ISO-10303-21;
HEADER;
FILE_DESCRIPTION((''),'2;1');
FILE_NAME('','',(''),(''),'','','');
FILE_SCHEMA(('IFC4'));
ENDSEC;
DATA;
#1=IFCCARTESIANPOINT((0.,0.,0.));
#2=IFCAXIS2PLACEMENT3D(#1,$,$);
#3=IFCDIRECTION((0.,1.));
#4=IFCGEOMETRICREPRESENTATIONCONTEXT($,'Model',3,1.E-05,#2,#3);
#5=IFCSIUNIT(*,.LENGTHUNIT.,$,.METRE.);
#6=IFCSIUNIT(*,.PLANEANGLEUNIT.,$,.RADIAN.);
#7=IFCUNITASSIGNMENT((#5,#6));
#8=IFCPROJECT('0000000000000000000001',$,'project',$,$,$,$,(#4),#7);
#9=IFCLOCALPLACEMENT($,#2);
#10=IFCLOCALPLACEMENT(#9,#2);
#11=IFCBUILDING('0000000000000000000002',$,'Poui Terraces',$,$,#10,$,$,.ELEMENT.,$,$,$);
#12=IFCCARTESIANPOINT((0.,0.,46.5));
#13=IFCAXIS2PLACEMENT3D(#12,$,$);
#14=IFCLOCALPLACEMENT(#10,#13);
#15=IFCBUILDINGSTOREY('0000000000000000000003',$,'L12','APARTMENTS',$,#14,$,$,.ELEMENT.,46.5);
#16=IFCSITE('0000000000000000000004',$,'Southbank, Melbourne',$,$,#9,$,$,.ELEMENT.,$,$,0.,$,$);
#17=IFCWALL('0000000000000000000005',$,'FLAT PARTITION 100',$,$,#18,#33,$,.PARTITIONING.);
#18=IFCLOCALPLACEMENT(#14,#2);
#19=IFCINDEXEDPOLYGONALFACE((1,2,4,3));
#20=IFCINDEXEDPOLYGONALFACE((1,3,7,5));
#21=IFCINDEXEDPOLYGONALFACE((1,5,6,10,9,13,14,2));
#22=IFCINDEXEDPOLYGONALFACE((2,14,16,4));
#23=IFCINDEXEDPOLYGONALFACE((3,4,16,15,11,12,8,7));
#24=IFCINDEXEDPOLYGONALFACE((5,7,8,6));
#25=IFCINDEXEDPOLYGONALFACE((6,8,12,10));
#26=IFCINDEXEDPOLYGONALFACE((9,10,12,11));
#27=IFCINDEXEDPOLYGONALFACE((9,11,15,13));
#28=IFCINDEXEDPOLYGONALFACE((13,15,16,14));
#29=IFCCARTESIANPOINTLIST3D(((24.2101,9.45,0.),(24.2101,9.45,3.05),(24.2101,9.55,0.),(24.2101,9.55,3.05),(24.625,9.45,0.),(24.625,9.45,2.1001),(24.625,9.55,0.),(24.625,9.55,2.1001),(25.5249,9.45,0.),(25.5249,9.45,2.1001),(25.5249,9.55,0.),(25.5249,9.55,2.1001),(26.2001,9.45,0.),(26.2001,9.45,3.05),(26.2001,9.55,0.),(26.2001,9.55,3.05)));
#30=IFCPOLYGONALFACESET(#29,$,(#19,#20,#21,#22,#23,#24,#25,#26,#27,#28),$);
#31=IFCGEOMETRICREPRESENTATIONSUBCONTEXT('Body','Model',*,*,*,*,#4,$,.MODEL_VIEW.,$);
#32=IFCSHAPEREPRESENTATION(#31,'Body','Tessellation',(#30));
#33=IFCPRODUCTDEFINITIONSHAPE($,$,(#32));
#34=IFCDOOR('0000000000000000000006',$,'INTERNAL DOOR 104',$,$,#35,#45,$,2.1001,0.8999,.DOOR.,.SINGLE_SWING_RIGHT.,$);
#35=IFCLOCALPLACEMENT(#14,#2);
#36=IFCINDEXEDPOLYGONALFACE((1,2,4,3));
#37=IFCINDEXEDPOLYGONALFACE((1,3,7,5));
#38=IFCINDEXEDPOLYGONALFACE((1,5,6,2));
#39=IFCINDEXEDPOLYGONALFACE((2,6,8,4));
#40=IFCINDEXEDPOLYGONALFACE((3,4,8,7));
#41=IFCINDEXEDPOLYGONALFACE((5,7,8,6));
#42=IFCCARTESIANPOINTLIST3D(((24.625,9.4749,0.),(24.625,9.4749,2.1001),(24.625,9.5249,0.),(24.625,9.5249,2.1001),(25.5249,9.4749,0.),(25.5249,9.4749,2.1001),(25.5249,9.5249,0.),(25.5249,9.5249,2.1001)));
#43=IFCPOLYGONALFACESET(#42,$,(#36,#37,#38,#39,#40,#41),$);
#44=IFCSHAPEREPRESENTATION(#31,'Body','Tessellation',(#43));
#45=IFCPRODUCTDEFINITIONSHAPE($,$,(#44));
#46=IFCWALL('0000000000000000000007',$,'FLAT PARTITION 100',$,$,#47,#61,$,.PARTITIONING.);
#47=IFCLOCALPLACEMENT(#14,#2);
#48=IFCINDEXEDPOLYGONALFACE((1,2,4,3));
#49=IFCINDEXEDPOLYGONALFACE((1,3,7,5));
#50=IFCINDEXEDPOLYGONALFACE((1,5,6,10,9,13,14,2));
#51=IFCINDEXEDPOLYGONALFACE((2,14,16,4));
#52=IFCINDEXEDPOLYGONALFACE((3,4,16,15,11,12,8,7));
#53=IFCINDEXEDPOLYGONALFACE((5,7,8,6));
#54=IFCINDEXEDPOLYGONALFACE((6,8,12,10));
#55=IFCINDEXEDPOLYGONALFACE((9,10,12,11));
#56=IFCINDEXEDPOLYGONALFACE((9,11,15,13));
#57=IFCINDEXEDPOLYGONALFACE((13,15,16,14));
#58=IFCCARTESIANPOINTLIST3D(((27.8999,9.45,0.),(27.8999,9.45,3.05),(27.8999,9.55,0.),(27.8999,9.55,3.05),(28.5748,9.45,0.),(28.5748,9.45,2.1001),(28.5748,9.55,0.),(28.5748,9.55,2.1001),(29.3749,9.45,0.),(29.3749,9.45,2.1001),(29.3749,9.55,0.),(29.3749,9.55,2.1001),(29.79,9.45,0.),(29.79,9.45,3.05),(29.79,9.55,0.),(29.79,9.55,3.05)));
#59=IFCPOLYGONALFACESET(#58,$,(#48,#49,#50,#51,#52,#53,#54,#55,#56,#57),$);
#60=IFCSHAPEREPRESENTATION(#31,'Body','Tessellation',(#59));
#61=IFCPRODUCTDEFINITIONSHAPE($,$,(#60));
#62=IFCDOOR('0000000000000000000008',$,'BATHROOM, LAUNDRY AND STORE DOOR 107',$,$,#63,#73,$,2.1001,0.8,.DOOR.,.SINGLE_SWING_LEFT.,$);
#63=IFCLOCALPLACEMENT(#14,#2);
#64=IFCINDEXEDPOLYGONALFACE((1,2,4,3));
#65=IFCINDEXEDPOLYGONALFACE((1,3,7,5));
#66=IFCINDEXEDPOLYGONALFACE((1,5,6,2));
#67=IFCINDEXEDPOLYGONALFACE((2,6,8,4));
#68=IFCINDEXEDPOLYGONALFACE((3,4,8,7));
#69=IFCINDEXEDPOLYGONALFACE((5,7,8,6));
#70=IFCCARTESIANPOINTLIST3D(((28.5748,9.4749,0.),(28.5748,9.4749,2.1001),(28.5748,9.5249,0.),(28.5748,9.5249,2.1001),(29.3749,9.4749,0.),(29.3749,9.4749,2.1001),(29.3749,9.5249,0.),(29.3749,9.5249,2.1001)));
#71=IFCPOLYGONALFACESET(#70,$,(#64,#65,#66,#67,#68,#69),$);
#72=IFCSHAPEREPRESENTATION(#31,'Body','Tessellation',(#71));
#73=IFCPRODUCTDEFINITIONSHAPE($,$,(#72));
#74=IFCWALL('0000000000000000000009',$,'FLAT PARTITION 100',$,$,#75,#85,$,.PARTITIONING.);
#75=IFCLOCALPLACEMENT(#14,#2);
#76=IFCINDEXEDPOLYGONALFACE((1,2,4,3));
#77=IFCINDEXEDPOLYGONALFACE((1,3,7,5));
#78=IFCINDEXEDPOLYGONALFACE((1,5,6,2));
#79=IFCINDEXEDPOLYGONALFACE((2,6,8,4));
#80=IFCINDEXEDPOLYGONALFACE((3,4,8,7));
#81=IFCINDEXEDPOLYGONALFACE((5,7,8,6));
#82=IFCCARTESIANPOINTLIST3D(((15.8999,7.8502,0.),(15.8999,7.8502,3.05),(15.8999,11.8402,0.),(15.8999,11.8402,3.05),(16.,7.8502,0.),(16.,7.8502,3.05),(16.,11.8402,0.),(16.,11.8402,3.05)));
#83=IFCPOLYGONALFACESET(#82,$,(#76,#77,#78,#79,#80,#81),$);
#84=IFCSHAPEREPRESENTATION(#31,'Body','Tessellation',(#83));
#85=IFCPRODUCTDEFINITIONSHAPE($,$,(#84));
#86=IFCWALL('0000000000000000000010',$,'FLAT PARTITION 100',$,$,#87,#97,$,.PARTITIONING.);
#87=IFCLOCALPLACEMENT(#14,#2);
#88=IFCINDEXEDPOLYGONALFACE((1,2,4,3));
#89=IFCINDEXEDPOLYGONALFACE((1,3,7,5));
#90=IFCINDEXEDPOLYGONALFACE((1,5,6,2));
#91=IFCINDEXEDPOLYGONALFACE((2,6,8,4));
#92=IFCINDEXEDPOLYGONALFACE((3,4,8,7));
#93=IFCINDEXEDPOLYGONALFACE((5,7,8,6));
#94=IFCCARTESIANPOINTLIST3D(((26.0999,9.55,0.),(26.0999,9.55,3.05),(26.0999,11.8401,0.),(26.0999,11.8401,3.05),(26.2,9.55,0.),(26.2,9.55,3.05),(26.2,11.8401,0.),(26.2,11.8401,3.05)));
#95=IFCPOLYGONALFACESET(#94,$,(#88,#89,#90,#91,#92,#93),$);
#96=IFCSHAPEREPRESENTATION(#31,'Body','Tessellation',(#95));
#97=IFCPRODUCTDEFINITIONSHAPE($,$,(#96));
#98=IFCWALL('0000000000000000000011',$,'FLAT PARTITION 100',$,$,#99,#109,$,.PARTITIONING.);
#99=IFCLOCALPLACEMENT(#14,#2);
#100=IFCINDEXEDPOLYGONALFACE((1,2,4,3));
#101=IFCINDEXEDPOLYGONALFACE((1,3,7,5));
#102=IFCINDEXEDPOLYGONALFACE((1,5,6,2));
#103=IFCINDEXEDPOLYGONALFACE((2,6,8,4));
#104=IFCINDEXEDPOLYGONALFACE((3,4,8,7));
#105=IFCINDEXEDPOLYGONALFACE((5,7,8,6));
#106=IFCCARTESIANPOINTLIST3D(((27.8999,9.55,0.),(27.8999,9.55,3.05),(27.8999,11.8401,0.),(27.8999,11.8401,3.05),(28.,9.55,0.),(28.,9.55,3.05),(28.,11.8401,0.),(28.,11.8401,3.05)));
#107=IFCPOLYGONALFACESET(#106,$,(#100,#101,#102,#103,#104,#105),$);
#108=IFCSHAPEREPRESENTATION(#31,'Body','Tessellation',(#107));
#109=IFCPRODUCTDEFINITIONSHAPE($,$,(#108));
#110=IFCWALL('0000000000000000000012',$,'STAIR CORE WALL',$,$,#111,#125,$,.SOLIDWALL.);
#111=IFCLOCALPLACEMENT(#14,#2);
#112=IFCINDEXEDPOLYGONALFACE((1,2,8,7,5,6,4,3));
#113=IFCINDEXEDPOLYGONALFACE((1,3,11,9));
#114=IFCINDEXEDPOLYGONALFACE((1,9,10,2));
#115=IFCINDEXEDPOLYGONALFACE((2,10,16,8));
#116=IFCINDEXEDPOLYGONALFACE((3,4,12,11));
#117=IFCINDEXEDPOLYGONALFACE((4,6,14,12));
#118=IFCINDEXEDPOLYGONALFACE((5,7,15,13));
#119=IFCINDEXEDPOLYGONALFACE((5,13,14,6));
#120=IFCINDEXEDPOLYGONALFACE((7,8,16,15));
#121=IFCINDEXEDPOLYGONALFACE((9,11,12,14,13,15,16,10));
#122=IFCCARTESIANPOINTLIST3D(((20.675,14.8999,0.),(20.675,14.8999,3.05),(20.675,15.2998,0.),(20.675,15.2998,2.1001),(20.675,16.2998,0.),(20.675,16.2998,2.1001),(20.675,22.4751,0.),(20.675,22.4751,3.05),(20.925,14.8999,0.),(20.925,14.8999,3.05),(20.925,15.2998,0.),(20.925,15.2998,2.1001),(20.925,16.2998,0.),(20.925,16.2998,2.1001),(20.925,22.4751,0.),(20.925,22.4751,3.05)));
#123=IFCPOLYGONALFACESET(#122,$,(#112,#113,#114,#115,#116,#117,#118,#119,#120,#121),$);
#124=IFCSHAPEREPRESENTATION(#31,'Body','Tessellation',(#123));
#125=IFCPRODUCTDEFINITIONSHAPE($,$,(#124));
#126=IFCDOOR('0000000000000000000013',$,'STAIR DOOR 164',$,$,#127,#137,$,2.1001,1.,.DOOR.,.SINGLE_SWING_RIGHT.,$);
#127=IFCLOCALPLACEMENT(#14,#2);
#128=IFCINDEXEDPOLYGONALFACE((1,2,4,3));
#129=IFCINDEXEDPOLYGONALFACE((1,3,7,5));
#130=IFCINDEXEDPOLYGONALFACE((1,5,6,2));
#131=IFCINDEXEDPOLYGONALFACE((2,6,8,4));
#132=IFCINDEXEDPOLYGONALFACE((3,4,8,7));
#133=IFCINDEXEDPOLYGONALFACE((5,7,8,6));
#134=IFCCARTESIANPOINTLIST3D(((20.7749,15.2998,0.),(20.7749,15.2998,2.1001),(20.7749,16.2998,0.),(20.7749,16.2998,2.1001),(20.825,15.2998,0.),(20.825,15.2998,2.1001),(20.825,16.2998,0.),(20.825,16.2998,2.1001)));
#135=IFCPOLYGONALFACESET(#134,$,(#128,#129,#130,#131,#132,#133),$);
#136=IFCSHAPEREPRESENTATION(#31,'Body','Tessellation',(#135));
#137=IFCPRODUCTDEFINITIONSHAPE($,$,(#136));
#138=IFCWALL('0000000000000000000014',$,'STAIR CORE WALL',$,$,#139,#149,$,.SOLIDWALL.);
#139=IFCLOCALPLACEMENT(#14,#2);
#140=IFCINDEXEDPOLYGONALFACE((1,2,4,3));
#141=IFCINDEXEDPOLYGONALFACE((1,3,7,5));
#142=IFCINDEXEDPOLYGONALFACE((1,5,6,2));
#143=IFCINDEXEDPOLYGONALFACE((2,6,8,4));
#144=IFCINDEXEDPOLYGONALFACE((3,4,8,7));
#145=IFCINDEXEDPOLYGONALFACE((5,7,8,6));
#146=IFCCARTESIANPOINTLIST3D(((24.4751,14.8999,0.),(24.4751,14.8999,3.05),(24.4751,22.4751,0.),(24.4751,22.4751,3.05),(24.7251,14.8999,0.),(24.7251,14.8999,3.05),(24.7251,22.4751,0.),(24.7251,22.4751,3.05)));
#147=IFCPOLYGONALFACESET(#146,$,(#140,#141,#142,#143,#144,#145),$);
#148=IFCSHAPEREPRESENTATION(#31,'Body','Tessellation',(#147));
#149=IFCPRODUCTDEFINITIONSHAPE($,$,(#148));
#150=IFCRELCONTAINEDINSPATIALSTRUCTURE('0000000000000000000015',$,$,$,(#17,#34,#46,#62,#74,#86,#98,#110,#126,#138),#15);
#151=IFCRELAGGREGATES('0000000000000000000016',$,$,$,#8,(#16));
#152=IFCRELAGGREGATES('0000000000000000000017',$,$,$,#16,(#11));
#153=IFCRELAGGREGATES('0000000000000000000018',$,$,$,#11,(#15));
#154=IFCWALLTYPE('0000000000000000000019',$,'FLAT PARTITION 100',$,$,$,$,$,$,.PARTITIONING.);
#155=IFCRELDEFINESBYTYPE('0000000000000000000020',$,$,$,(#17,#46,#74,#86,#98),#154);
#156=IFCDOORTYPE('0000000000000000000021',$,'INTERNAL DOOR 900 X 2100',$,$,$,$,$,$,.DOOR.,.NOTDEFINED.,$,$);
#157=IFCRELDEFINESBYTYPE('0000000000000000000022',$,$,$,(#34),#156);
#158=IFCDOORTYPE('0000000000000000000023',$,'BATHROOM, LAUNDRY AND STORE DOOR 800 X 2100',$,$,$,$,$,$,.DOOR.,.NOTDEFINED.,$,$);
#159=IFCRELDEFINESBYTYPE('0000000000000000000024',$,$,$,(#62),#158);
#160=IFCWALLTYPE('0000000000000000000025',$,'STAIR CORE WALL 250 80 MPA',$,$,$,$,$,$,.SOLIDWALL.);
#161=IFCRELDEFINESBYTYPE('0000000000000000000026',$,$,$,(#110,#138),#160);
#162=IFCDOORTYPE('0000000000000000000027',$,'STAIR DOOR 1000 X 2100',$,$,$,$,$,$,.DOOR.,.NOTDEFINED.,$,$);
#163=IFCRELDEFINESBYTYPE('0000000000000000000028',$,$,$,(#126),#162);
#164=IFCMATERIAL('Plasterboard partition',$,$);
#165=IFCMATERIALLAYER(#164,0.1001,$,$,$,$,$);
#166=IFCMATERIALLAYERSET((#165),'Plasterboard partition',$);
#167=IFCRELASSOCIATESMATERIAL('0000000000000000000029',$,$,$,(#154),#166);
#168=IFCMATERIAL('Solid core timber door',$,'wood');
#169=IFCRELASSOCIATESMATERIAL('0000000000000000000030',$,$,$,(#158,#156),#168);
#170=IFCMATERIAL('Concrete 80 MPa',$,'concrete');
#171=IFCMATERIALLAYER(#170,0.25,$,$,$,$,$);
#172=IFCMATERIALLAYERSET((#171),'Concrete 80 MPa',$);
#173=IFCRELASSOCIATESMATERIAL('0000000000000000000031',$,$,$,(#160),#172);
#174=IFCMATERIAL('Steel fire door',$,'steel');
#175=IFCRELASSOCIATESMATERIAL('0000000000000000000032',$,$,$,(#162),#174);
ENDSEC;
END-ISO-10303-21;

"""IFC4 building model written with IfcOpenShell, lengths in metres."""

from ifc_helpers import new_model, si_unit, direction, frame, frame_2d, origin, place, context, subcontext, project, spatial, rectangle, extrude, material, layer, layer_set, type_object, element, fill, save


model = new_model("IFC4")

# Units and contexts
model_context = context("Model", 3, precision=1e-05, world=origin(), true_north=direction((0.0, 1.0)))
body_context = subcontext(model_context, "Body", "Model", "MODEL_VIEW")
ifc_project = project(units=[si_unit("LENGTHUNIT", "METRE"), si_unit("PLANEANGLEUNIT", "RADIAN")], contexts=[model_context])

# Site, building, storey
site_placement = place(None, origin())
site = spatial("IfcSite", under=ifc_project, at=site_placement, Name="Southbank, Melbourne", CompositionType="ELEMENT", RefElevation=0.0)
building_placement = place(site_placement, origin())
building = spatial("IfcBuilding", under=site, at=building_placement, Name="Poui Terraces", CompositionType="ELEMENT")
storey_placement = place(building_placement, frame((0.0, 0.0, 46.5)))
storey = spatial("IfcBuildingStorey", under=building, at=storey_placement, Name="L12", Description="APARTMENTS", CompositionType="ELEMENT", Elevation=46.5)

# Shared definitions
ifc_material_1 = material(Name="Concrete 80 MPa", Category="concrete")

# Shared definitions
ifc_material_2 = material(Name="Steel fire door", Category="steel")

# Walls, openings, doors
ifc_material_3 = material(Name="Plasterboard partition")
ifc_layer_1 = layer(ifc_material_3, 0.1001)
ifc_layer_set_1 = layer_set([ifc_layer_1], Name="Plasterboard partition")
wall_type_1 = type_object("IfcWallType", Name="FLAT PARTITION 100", PredefinedType="PARTITIONING", material=ifc_layer_set_1)
ifc_material_4 = material(Name="Solid core timber door", Category="wood")
door_type_1 = type_object("IfcDoorType", Name="BATHROOM, LAUNDRY AND STORE DOOR 800 X 2100", OperationType="NOTDEFINED", PredefinedType="DOOR", material=ifc_material_4)
wall_1_placement = place(storey_placement, frame((24.21, 9.5, 0.0), z_axis=(0.0, 0.0, 1.0), x_axis=(1.0, 0.0, 0.0)))
wall_1 = element("IfcWall", 1, at=wall_1_placement, inside=storey, type_object=wall_type_1, Name="FLAT PARTITION 100", PredefinedType="PARTITIONING", context=body_context, shape_type="SweptSolid", body=[
    extrude(rectangle(XDim=1.99, YDim=0.1001, at=frame_2d((0.9951, 0.0))), origin(), (0.0, 0.0, 1.0), 3.05),
])
opening_1_placement = place(wall_1_placement, frame((0.415, 0.0, 0.0)))
opening_1 = element("IfcOpeningElement", 2, at=opening_1_placement, cuts=wall_1, PredefinedType="OPENING", context=body_context, shape_type="SweptSolid", body=[
    extrude(rectangle(XDim=0.8999, YDim=2.1001, at=frame_2d((0.45, 1.05))), frame((0.0, 0.0601, 0.0), z_axis=(0.0, -1.0, 0.0), x_axis=(1.0, 0.0, 0.0)), (0.0, 0.0, 1.0), 0.1201),
])
door_type_2 = type_object("IfcDoorType", Name="INTERNAL DOOR 900 X 2100", OperationType="NOTDEFINED", PredefinedType="DOOR", material=ifc_material_4)
door_1_placement = place(opening_1_placement, origin())
door_1 = element("IfcDoor", 3, at=door_1_placement, inside=storey, type_object=door_type_2, Name="INTERNAL DOOR 104", OperationType="SINGLE_SWING_RIGHT", OverallHeight=2.1001, OverallWidth=0.8999, PredefinedType="DOOR", context=body_context, shape_type="SweptSolid", body=[
    extrude(rectangle(XDim=0.8999, YDim=2.1001, at=frame_2d((0.45, 1.05))), frame((0.0, 0.0249, 0.0), z_axis=(0.0, -1.0, 0.0), x_axis=(1.0, 0.0, 0.0)), (0.0, 0.0, 1.0), 0.05),
])
fill(opening_1, door_1)
wall_2_placement = place(storey_placement, frame((27.8999, 9.5, 0.0), z_axis=(0.0, 0.0, 1.0), x_axis=(1.0, 0.0, 0.0)))
wall_2 = element("IfcWall", 4, at=wall_2_placement, inside=storey, type_object=wall_type_1, Name="FLAT PARTITION 100", PredefinedType="PARTITIONING", context=body_context, shape_type="SweptSolid", body=[
    extrude(rectangle(XDim=1.8901, YDim=0.1001, at=frame_2d((0.9451, 0.0))), origin(), (0.0, 0.0, 1.0), 3.05),
])
opening_2_placement = place(wall_2_placement, frame((0.675, 0.0, 0.0)))
opening_2 = element("IfcOpeningElement", 5, at=opening_2_placement, cuts=wall_2, PredefinedType="OPENING", context=body_context, shape_type="SweptSolid", body=[
    extrude(rectangle(XDim=0.8, YDim=2.1001, at=frame_2d((0.3999, 1.05))), frame((0.0, 0.0601, 0.0), z_axis=(0.0, -1.0, 0.0), x_axis=(1.0, 0.0, 0.0)), (0.0, 0.0, 1.0), 0.1201),
])
door_2_placement = place(opening_2_placement, origin())
door_2 = element("IfcDoor", 6, at=door_2_placement, inside=storey, type_object=door_type_1, Name="BATHROOM, LAUNDRY AND STORE DOOR 107", OperationType="SINGLE_SWING_LEFT", OverallHeight=2.1001, OverallWidth=0.8, PredefinedType="DOOR", context=body_context, shape_type="SweptSolid", body=[
    extrude(rectangle(XDim=0.8, YDim=2.1001, at=frame_2d((0.3999, 1.05))), frame((0.0, 0.0249, 0.0), z_axis=(0.0, -1.0, 0.0), x_axis=(1.0, 0.0, 0.0)), (0.0, 0.0, 1.0), 0.05),
])
fill(opening_2, door_2)

# Walls
wall_3_placement = place(storey_placement, frame((15.95, 7.8501, 0.0), z_axis=(0.0, 0.0, 1.0), x_axis=(0.0, 1.0, 0.0)))
element("IfcWall", 7, at=wall_3_placement, inside=storey, type_object=wall_type_1, Name="FLAT PARTITION 100", PredefinedType="PARTITIONING", context=body_context, shape_type="SweptSolid", body=[
    extrude(rectangle(XDim=3.99, YDim=0.1001, at=frame_2d((1.9951, 0.0))), origin(), (0.0, 0.0, 1.0), 3.05),
])
for number, where, z_axis, x_axis, name in (
    (8, (26.1499, 9.55, 0.0), (0.0, 0.0, 1.0), (0.0, 1.0, 0.0), "FLAT PARTITION 100"),
    (9, (27.95, 9.55, 0.0), (0.0, 0.0, 1.0), (0.0, 1.0, 0.0), "FLAT PARTITION 100"),
):
    element("IfcWall", number, at=place(storey_placement, frame(where, z_axis=z_axis, x_axis=x_axis)), inside=storey, type_object=wall_type_1, Name=name, PredefinedType="PARTITIONING", context=body_context, shape_type="SweptSolid", body=[
        extrude(rectangle(XDim=2.29, YDim=0.1001, at=frame_2d((1.145, 0.0))), origin(), (0.0, 0.0, 1.0), 3.05),
    ])

# Wall, opening, door
ifc_layer_2 = layer(ifc_material_1, 0.25)
ifc_layer_set_2 = layer_set([ifc_layer_2], Name="Concrete 80 MPa")
wall_type_2 = type_object("IfcWallType", Name="STAIR CORE WALL 250 80 MPA", PredefinedType="SOLIDWALL", material=ifc_layer_set_2)
wall_4_placement = place(storey_placement, frame((20.8, 14.8999, 0.0), z_axis=(0.0, 0.0, 1.0), x_axis=(0.0, 1.0, 0.0)))
wall_4 = element("IfcWall", 10, at=wall_4_placement, inside=storey, type_object=wall_type_2, Name="STAIR CORE WALL", PredefinedType="SOLIDWALL", context=body_context, shape_type="SweptSolid", body=[
    extrude(rectangle(XDim=7.5752, YDim=0.25, at=frame_2d((3.7876, 0.0))), origin(), (0.0, 0.0, 1.0), 3.05),
])
opening_3_placement = place(wall_4_placement, frame((0.3999, 0.0, 0.0)))
opening_3 = element("IfcOpeningElement", 11, at=opening_3_placement, cuts=wall_4, PredefinedType="OPENING", context=body_context, shape_type="SweptSolid", body=[
    extrude(rectangle(XDim=1.0, YDim=2.1001, at=frame_2d((0.5, 1.05))), frame((0.0, 0.135, 0.0), z_axis=(0.0, -1.0, 0.0), x_axis=(1.0, 0.0, 0.0)), (0.0, 0.0, 1.0), 0.27),
])
door_type_3 = type_object("IfcDoorType", Name="STAIR DOOR 1000 X 2100", OperationType="NOTDEFINED", PredefinedType="DOOR", material=ifc_material_2)
door_3_placement = place(opening_3_placement, frame((1.0, 0.0, 0.0), z_axis=(0.0, 0.0, 1.0), x_axis=(-1.0, 0.0, 0.0)))
door_3 = element("IfcDoor", 12, at=door_3_placement, inside=storey, type_object=door_type_3, Name="STAIR DOOR 164", OperationType="SINGLE_SWING_RIGHT", OverallHeight=2.1001, OverallWidth=1.0, PredefinedType="DOOR", context=body_context, shape_type="SweptSolid", body=[
    extrude(rectangle(XDim=1.0, YDim=2.1001, at=frame_2d((0.5, 1.05))), frame((0.0, 0.0249, 0.0), z_axis=(0.0, -1.0, 0.0), x_axis=(1.0, 0.0, 0.0)), (0.0, 0.0, 1.0), 0.05),
])
fill(opening_3, door_3)

# Wall
wall_5_placement = place(storey_placement, frame((24.6001, 14.8999, 0.0), z_axis=(0.0, 0.0, 1.0), x_axis=(0.0, 1.0, 0.0)))
element("IfcWall", 13, at=wall_5_placement, inside=storey, type_object=wall_type_2, Name="STAIR CORE WALL", PredefinedType="SOLIDWALL", context=body_context, shape_type="SweptSolid", body=[
    extrude(rectangle(XDim=7.5752, YDim=0.25, at=frame_2d((3.7876, 0.0))), origin(), (0.0, 0.0, 1.0), 3.05),
])

save(model, "model.ifc")
